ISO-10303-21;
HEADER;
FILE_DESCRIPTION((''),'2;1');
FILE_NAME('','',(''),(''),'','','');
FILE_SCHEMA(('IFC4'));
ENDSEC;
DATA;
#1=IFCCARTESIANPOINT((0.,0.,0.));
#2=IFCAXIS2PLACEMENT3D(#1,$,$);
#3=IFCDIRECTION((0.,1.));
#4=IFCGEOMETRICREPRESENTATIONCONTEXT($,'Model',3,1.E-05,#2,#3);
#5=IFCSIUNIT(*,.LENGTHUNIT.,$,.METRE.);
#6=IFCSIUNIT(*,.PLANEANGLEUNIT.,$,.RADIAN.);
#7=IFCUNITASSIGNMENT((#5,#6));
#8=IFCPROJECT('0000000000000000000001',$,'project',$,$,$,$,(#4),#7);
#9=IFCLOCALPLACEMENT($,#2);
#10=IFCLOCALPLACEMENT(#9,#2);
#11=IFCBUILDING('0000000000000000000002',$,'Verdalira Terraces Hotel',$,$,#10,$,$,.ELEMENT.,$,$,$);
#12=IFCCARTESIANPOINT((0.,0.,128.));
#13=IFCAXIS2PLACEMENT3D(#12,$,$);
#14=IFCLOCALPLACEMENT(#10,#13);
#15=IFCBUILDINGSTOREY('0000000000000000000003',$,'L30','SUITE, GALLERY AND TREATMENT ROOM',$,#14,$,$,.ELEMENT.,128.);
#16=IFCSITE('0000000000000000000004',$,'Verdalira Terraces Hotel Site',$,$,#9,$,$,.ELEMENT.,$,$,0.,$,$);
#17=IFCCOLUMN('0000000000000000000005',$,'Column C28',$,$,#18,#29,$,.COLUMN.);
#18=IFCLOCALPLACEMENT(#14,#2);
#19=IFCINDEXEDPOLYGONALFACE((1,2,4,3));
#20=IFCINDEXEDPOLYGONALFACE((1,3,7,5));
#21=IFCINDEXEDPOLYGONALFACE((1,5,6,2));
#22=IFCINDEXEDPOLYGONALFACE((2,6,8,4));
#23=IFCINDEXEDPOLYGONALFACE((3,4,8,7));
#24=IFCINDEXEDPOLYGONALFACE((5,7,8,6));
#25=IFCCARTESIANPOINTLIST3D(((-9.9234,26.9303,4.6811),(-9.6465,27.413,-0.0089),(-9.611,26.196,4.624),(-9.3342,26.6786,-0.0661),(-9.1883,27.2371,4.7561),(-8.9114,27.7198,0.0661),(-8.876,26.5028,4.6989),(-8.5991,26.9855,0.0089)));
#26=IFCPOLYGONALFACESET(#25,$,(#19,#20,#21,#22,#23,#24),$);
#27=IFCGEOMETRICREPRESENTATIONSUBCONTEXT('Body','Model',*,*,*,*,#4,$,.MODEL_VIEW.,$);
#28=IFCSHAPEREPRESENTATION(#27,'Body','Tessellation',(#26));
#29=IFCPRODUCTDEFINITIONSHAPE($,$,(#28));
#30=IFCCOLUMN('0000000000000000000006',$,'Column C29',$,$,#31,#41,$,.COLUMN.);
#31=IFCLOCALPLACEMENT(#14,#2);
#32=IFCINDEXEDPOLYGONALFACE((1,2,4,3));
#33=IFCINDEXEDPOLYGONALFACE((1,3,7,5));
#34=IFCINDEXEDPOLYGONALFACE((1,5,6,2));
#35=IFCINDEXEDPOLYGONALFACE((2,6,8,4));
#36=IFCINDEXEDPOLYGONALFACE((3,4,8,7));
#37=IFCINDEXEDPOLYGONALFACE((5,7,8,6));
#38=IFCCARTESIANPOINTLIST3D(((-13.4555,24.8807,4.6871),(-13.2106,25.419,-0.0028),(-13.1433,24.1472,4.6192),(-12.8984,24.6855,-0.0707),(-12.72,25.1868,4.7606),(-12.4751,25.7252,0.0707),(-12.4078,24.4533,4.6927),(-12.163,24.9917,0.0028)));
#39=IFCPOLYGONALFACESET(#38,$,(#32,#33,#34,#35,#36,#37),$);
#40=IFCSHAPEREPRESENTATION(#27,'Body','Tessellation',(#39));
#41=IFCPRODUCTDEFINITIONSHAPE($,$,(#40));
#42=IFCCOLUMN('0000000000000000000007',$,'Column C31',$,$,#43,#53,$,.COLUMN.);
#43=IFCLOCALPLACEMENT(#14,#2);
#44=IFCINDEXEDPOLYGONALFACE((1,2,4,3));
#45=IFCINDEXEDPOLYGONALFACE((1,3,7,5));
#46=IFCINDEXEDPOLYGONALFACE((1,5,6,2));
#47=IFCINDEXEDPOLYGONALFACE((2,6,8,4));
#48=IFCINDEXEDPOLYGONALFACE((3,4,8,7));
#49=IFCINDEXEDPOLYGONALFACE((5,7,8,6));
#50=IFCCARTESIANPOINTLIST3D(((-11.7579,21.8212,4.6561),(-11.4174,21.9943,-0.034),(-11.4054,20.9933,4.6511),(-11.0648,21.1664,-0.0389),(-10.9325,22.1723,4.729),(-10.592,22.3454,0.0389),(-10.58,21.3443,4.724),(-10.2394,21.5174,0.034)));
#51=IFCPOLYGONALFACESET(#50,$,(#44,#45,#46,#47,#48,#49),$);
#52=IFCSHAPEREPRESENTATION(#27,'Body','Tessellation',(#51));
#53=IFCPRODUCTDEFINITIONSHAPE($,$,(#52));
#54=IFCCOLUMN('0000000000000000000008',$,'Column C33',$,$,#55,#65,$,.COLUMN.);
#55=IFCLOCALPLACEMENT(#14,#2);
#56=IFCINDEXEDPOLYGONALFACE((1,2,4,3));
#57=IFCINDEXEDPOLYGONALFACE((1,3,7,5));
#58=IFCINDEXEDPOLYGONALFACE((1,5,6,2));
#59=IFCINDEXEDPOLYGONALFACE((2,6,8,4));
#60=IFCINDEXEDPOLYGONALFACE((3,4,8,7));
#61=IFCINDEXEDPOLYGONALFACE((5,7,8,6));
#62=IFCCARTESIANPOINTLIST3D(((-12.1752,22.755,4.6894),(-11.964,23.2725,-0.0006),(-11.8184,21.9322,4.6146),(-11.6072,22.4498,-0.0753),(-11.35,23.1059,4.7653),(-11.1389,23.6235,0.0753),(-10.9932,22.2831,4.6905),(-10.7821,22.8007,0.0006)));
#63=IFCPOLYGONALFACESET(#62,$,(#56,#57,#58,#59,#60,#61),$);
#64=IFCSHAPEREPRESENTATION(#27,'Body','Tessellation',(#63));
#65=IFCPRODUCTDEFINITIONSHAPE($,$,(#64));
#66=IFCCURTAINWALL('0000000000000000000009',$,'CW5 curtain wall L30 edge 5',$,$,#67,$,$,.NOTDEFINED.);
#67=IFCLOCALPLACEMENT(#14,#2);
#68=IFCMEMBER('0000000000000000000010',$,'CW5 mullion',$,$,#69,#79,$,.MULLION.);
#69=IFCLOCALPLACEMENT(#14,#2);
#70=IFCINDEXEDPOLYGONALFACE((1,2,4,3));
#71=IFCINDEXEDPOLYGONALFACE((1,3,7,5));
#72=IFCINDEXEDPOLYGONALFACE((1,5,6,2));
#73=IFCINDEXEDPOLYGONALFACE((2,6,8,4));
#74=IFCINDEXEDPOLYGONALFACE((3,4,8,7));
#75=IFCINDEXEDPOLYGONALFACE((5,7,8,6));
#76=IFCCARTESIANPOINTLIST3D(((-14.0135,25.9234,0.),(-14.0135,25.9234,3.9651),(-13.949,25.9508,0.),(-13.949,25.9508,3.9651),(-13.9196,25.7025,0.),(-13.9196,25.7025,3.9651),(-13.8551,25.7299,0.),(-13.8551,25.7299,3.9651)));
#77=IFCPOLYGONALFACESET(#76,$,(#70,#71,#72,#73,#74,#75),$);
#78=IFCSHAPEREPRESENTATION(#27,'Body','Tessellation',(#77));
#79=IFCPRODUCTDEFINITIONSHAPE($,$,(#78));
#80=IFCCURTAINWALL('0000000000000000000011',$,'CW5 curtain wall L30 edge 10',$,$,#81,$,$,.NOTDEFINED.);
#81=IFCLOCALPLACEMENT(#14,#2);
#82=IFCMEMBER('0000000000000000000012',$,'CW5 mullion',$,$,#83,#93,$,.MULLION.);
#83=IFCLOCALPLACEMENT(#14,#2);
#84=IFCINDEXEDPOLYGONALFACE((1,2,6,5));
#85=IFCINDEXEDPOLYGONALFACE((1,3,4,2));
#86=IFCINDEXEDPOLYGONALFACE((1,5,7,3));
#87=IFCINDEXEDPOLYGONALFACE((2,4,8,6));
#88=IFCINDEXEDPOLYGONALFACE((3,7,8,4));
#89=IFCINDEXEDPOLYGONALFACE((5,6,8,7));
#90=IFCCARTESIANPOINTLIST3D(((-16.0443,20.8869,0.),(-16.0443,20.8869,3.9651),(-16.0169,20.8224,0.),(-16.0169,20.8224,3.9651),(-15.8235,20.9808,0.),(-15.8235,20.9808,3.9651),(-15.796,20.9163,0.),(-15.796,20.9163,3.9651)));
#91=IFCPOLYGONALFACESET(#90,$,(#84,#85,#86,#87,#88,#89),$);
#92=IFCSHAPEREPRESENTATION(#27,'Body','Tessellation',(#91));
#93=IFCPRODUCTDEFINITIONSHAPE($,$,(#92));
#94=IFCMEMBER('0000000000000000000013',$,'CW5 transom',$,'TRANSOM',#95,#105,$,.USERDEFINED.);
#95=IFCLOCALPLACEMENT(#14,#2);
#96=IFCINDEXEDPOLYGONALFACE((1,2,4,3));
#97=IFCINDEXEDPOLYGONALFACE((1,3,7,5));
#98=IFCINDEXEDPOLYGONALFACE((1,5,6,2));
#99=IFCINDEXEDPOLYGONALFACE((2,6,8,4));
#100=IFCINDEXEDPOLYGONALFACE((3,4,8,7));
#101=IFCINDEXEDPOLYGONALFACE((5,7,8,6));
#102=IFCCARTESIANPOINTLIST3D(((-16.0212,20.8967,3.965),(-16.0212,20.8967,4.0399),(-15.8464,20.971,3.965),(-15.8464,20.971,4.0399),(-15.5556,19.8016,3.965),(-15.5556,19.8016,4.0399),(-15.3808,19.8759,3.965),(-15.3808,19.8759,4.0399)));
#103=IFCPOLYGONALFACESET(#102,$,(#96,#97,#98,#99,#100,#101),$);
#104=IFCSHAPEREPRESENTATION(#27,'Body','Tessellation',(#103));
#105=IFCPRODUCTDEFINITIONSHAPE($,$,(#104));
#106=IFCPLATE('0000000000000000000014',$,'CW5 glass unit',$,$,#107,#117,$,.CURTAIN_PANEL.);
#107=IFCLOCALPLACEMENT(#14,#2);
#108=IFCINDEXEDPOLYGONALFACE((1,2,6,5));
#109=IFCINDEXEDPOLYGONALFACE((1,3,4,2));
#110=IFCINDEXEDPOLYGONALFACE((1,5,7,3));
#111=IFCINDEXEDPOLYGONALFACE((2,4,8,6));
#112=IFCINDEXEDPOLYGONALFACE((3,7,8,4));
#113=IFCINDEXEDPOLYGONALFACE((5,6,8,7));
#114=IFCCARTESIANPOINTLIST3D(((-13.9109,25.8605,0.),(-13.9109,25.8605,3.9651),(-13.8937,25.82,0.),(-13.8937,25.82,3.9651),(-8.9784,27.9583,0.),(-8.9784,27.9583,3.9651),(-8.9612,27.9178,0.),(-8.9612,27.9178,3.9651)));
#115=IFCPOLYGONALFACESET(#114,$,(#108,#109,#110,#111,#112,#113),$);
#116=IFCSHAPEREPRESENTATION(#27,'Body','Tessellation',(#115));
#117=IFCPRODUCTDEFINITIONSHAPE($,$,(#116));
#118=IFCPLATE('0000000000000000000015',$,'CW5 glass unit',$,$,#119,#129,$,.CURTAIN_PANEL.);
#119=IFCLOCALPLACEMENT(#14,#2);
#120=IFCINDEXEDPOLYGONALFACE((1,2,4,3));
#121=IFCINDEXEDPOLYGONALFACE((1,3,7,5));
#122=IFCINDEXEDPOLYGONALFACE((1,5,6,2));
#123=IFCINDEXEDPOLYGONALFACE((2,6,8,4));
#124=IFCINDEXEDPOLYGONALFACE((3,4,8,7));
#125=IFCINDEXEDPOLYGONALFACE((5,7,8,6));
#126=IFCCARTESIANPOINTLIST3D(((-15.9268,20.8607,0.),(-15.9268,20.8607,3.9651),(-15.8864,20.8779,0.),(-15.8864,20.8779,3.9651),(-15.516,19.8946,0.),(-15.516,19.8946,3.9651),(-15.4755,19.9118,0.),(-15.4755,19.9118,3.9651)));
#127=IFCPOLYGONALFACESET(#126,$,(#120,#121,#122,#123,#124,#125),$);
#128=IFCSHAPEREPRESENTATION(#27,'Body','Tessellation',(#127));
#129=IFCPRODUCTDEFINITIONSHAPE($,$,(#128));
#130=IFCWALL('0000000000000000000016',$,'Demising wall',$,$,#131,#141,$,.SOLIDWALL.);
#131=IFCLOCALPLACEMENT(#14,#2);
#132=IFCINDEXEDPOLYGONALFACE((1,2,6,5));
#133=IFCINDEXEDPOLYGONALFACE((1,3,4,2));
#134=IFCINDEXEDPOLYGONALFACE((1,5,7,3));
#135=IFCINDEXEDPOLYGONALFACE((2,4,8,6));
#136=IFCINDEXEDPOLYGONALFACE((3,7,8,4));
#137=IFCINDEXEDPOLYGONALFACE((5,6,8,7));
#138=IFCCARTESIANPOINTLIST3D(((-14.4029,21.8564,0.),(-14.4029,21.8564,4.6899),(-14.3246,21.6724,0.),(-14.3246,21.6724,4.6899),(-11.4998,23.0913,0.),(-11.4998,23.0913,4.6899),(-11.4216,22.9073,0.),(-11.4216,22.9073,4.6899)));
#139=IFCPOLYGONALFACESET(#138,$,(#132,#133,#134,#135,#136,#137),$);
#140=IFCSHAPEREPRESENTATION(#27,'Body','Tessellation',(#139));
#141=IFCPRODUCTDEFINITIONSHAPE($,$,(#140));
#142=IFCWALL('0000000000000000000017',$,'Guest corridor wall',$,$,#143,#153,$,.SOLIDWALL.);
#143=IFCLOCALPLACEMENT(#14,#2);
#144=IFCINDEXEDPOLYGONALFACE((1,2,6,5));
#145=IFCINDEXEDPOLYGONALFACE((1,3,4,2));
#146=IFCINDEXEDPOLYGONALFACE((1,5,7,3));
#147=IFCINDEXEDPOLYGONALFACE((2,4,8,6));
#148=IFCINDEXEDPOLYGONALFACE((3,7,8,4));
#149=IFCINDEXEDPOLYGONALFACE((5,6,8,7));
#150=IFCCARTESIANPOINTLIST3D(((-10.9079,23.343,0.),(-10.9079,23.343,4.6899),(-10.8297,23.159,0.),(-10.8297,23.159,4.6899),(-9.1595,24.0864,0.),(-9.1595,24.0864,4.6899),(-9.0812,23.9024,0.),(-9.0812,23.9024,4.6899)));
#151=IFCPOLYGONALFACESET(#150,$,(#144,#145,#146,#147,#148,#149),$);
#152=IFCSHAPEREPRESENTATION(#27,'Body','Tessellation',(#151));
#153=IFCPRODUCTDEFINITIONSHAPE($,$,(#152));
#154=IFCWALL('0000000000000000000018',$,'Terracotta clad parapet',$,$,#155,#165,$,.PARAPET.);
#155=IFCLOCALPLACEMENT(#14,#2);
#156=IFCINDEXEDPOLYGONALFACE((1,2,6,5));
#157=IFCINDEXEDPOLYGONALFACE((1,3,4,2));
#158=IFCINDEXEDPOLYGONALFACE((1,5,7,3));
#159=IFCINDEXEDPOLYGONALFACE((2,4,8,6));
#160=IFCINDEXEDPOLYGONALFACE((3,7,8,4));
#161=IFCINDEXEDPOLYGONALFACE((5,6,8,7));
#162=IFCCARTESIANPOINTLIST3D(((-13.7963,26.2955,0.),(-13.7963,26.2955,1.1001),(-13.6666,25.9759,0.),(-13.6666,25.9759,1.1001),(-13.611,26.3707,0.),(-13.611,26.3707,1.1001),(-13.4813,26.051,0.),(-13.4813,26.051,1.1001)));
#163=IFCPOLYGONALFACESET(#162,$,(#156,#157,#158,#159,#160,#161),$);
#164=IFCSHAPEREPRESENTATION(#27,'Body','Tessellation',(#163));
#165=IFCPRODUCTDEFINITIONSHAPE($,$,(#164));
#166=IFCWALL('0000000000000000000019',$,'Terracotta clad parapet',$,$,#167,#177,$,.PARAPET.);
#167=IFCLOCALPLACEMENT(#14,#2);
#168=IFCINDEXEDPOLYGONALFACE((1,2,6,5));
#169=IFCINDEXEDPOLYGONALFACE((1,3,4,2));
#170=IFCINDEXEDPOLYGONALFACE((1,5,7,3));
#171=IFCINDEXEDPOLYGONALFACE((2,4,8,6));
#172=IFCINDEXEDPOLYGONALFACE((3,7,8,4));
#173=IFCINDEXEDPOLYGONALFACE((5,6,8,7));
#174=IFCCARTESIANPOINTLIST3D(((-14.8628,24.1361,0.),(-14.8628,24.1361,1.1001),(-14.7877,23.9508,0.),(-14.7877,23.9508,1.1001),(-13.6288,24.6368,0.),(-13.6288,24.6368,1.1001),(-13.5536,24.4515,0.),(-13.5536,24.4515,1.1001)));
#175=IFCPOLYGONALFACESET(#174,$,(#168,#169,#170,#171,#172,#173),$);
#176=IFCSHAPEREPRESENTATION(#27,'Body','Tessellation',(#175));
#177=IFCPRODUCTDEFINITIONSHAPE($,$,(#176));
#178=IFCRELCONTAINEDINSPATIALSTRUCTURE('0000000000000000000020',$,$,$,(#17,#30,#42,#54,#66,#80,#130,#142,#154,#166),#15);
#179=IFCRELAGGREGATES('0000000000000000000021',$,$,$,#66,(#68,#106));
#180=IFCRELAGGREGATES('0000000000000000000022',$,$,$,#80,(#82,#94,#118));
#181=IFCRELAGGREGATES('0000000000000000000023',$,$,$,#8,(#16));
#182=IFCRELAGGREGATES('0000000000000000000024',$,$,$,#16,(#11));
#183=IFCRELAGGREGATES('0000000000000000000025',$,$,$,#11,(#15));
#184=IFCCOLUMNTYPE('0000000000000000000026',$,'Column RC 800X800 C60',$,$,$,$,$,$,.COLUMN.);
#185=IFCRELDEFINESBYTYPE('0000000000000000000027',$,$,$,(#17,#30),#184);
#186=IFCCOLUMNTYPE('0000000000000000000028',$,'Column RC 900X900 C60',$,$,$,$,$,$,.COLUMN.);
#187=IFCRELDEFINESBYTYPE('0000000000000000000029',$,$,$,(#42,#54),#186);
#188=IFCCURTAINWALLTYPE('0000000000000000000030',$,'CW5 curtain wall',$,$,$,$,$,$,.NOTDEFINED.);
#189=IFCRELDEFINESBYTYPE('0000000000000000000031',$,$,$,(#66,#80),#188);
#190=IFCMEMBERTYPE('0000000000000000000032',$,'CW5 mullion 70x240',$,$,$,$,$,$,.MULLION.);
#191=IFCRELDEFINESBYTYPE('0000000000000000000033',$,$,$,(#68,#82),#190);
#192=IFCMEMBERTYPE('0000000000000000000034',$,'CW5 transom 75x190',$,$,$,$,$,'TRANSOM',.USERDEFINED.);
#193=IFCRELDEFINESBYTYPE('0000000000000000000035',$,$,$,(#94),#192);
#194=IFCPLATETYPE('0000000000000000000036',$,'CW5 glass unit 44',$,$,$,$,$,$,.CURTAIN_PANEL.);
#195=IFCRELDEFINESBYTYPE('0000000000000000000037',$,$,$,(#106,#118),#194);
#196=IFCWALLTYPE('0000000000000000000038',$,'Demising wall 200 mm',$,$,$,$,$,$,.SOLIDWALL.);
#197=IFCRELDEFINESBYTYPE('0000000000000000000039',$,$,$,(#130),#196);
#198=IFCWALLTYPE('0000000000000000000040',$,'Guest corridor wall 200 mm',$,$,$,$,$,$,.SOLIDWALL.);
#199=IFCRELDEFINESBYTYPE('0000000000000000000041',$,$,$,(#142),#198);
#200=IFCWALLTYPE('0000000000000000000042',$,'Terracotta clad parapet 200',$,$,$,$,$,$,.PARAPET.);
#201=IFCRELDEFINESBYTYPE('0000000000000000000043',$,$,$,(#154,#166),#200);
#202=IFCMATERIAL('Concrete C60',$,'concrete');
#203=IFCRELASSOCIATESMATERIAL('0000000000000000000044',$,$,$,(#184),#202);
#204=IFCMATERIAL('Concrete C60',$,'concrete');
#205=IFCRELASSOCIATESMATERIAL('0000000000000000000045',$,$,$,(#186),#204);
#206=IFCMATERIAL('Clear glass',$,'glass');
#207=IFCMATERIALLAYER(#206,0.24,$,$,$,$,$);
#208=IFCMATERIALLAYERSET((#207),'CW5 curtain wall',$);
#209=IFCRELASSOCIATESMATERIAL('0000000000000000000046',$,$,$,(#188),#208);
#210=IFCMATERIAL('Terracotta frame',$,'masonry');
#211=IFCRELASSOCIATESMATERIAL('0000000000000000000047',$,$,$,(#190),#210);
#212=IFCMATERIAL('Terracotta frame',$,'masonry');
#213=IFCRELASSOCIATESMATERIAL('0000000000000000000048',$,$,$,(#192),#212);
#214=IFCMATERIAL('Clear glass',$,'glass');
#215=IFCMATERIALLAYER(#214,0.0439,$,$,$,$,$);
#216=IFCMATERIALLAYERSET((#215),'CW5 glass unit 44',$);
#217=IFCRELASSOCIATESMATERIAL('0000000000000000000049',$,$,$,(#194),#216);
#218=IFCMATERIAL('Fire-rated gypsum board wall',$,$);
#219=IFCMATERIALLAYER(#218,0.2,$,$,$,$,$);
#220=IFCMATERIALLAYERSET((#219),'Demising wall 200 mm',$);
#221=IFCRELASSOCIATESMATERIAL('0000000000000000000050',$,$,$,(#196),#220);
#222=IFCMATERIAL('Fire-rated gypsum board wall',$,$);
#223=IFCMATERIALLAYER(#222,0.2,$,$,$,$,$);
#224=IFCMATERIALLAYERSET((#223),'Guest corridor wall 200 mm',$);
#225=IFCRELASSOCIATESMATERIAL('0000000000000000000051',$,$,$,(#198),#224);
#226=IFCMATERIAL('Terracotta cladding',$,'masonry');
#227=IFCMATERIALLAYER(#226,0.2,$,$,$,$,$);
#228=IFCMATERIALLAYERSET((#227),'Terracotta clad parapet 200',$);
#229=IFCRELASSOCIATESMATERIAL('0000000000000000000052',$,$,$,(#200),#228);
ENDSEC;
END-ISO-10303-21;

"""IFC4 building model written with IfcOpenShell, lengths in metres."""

from ifc_helpers import new_model, si_unit, direction, frame, frame_2d, origin, origin_2d, place, context, subcontext, project, spatial, rectangle, extrude, material, layer, layer_set, material_profile, profile_set, type_object, element, aggregate, save


model = new_model("IFC4")

# Units and contexts
model_context = context("Model", 3, precision=1e-05, world=origin(), true_north=direction((0.0, 1.0)))
body_context = subcontext(model_context, "Body", "Model", "MODEL_VIEW")
ifc_project = project(units=[si_unit("LENGTHUNIT", "METRE"), si_unit("PLANEANGLEUNIT", "RADIAN")], contexts=[model_context])

# Site, building, storey
site_placement = place(None, origin())
site = spatial("IfcSite", under=ifc_project, at=site_placement, Name="Verdalira Terraces Hotel Site", CompositionType="ELEMENT", RefElevation=0.0)
building_placement = place(site_placement, origin())
building = spatial("IfcBuilding", under=site, at=building_placement, Name="Verdalira Terraces Hotel", CompositionType="ELEMENT")
storey_placement = place(building_placement, frame((0.0, 0.0, 128.0)))
storey = spatial("IfcBuildingStorey", under=building, at=storey_placement, Name="L30", Description="SUITE, GALLERY AND TREATMENT ROOM", CompositionType="ELEMENT", Elevation=128.0)

# Columns
ifc_material_1 = material(Name="Concrete C60", Category="concrete")
ifc_material_profile_1 = material_profile(ifc_material_1, rectangle(XDim=0.8, YDim=0.8, at=origin_2d()), Name="RC 800X800")
ifc_profile_set_1 = profile_set([ifc_material_profile_1], Name="Concrete C60")
column_type_1 = type_object("IfcColumnType", Name="Column RC 800X800 C60", PredefinedType="COLUMN", material=ifc_profile_set_1)
column_1_placement = place(storey_placement, frame((-9.1228, 27.1992, 0.0), z_axis=(-0.058621, -0.102198, 0.993035), x_axis=(-0.918776, -0.383497, -0.093705)))
element("IfcColumn", 1, at=column_1_placement, inside=storey, type_object=column_type_1, Name="Column C28", PredefinedType="COLUMN", context=body_context, shape_type="SweptSolid", body=[
    extrude(rectangle(XDim=0.8, YDim=0.8, at=origin_2d()), origin(), (0.0, 0.0, 1.0), 4.7229),
])
column_2_placement = place(storey_placement, frame((-12.6868, 25.2053, 0.0), z_axis=(-0.051802, -0.113882, 0.992143), x_axis=(-0.919284, -0.382709, -0.091927)))
element("IfcColumn", 2, at=column_2_placement, inside=storey, type_object=column_type_1, Name="Column C29", PredefinedType="COLUMN", context=body_context, shape_type="SweptSolid", body=[
    extrude(rectangle(XDim=0.8, YDim=0.8, at=origin_2d()), origin(), (0.0, 0.0, 1.0), 4.7271),
])
ifc_material_2 = material(Name="Concrete C60", Category="concrete")
ifc_material_profile_2 = material_profile(ifc_material_2, rectangle(XDim=0.8999, YDim=0.8999, at=origin_2d()), Name="RC 900X900")
ifc_profile_set_2 = profile_set([ifc_material_profile_2], Name="Concrete C60")
column_type_2 = type_object("IfcColumnType", Name="Column RC 900X900 C60", PredefinedType="COLUMN", material=ifc_profile_set_2)
column_3_placement = place(storey_placement, frame((-10.8284, 21.7559, 0.0), z_axis=(-0.072379, -0.036786, 0.996699), x_axis=(-0.391794, 0.920036, 0.005505)))
element("IfcColumn", 3, at=column_3_placement, inside=storey, type_object=column_type_2, Name="Column C31", PredefinedType="COLUMN", context=body_context, shape_type="SweptSolid", body=[
    extrude(rectangle(XDim=0.8999, YDim=0.8999, at=origin_2d()), origin(), (0.0, 0.0, 1.0), 4.7056),
])
column_4_placement = place(storey_placement, frame((-11.373, 23.0366, 0.0), z_axis=(-0.044712, -0.109584, 0.992971), x_axis=(-0.396476, 0.914281, 0.083047)))
element("IfcColumn", 4, at=column_4_placement, inside=storey, type_object=column_type_2, Name="Column C33", PredefinedType="COLUMN", context=body_context, shape_type="SweptSolid", body=[
    extrude(rectangle(XDim=0.8999, YDim=0.8999, at=origin_2d()), origin(), (0.0, 0.0, 1.0), 4.7231),
])

# Curtain wall, member
ifc_material_3 = material(Name="Clear glass", Category="glass")
ifc_layer_1 = layer(ifc_material_3, 0.24)
ifc_layer_set_1 = layer_set([ifc_layer_1], Name="CW5 curtain wall")
curtain_wall_type = type_object("IfcCurtainWallType", Name="CW5 curtain wall", PredefinedType="NOTDEFINED", material=ifc_layer_set_1)
curtain_wall_1_placement = place(storey_placement, origin())
curtain_wall_1 = element("IfcCurtainWall", 5, at=curtain_wall_1_placement, inside=storey, type_object=curtain_wall_type, Name="CW5 curtain wall L30 edge 5", PredefinedType="NOTDEFINED")
ifc_material_4 = material(Name="Terracotta frame", Category="masonry")
ifc_material_profile_3 = material_profile(ifc_material_4, rectangle(XDim=0.0701, YDim=0.24, at=origin_2d()), Name="MU 70x240")
ifc_profile_set_3 = profile_set([ifc_material_profile_3], Name="Terracotta frame")
member_type_1 = type_object("IfcMemberType", Name="CW5 mullion 70x240", PredefinedType="MULLION", material=ifc_profile_set_3)
member_1_placement = place(storey_placement, frame((-13.9343, 25.8267, 0.0), z_axis=(0.0, 0.0, 1.0), x_axis=(-0.920232, -0.391374, 0.0)))
member_1 = element("IfcMember", 6, at=member_1_placement, type_object=member_type_1, Name="CW5 mullion", PredefinedType="MULLION", context=body_context, shape_type="SweptSolid", body=[
    extrude(rectangle(XDim=0.0701, YDim=0.24, at=origin_2d()), origin(), (0.0, 0.0, 1.0), 3.9651),
])

# Curtain wall, members
curtain_wall_2_placement = place(storey_placement, origin())
curtain_wall_2 = element("IfcCurtainWall", 7, at=curtain_wall_2_placement, inside=storey, type_object=curtain_wall_type, Name="CW5 curtain wall L30 edge 10", PredefinedType="NOTDEFINED")
member_2_placement = place(storey_placement, frame((-15.9202, 20.9016, 0.0), z_axis=(0.0, 0.0, 1.0), x_axis=(0.391374, -0.920232, 0.0)))
member_2 = element("IfcMember", 8, at=member_2_placement, type_object=member_type_1, Name="CW5 mullion", PredefinedType="MULLION", context=body_context, shape_type="SweptSolid", body=[
    extrude(rectangle(XDim=0.0701, YDim=0.24, at=origin_2d()), origin(), (0.0, 0.0, 1.0), 3.9651),
])
ifc_material_5 = material(Name="Terracotta frame", Category="masonry")
ifc_material_profile_4 = material_profile(ifc_material_5, rectangle(XDim=0.1899, YDim=0.075, at=origin_2d()), Name="TR 75x190")
ifc_profile_set_4 = profile_set([ifc_material_profile_4], Name="Terracotta frame")
member_type_2 = type_object("IfcMemberType", Name="CW5 transom 75x190", ElementType="TRANSOM", PredefinedType="USERDEFINED", material=ifc_profile_set_4)
member_3_placement = place(storey_placement, frame((-15.9338, 20.9338, 4.0024), z_axis=(0.391293, -0.920266, 0.0), x_axis=(0.920266, 0.391293, 0.0)))
member_3 = element("IfcMember", 9, at=member_3_placement, type_object=member_type_2, Name="CW5 transom", ObjectType="TRANSOM", PredefinedType="USERDEFINED", context=body_context, shape_type="SweptSolid", body=[
    extrude(rectangle(XDim=0.1899, YDim=0.075, at=origin_2d()), origin(), (0.0, 0.0, 1.0), 1.1899),
])

# Plates
ifc_material_6 = material(Name="Clear glass", Category="glass")
ifc_layer_2 = layer(ifc_material_6, 0.0439)
ifc_layer_set_2 = layer_set([ifc_layer_2], Name="CW5 glass unit 44")
plate_type = type_object("IfcPlateType", Name="CW5 glass unit 44", PredefinedType="CURTAIN_PANEL", material=ifc_layer_set_2)
plate_1_placement = place(storey_placement, frame((-11.436, 26.8892, 0.0), z_axis=(0.0, 0.0, 1.0), x_axis=(-0.920232, -0.391374, 0.0)))
plate_1 = element("IfcPlate", 10, at=plate_1_placement, type_object=plate_type, Name="CW5 glass unit", PredefinedType="CURTAIN_PANEL", context=body_context, shape_type="SweptSolid", body=[
    extrude(rectangle(XDim=5.3601, YDim=0.0439, at=origin_2d()), origin(), (0.0, 0.0, 1.0), 3.9651),
])
aggregate(curtain_wall_1, [member_1, plate_1])
plate_2_placement = place(storey_placement, frame((-15.7012, 20.3862, 0.0), z_axis=(0.0, 0.0, 1.0), x_axis=(0.391374, -0.920232, 0.0)))
plate_2 = element("IfcPlate", 11, at=plate_2_placement, type_object=plate_type, Name="CW5 glass unit", PredefinedType="CURTAIN_PANEL", context=body_context, shape_type="SweptSolid", body=[
    extrude(rectangle(XDim=1.0498, YDim=0.0439, at=origin_2d()), origin(), (0.0, 0.0, 1.0), 3.9651),
])
aggregate(curtain_wall_2, [member_2, member_3, plate_2])

# Walls
ifc_material_7 = material(Name="Fire-rated gypsum board wall")
ifc_layer_3 = layer(ifc_material_7, 0.2)
ifc_layer_set_3 = layer_set([ifc_layer_3], Name="Demising wall 200 mm")
wall_type_1 = type_object("IfcWallType", Name="Demising wall 200 mm", PredefinedType="SOLIDWALL", material=ifc_layer_set_3)
wall_1_placement = place(storey_placement, frame((-11.4607, 22.9993, 0.0), z_axis=(0.0, 0.0, 1.0), x_axis=(-0.92021, -0.391424, 0.0)))
element("IfcWall", 12, at=wall_1_placement, inside=storey, type_object=wall_type_1, Name="Demising wall", PredefinedType="SOLIDWALL", context=body_context, shape_type="SweptSolid", body=[
    extrude(rectangle(XDim=3.1548, YDim=0.2, at=frame_2d((1.5774, 0.0))), origin(), (0.0, 0.0, 1.0), 4.6899),
])
ifc_material_8 = material(Name="Fire-rated gypsum board wall")
ifc_layer_4 = layer(ifc_material_8, 0.2)
ifc_layer_set_4 = layer_set([ifc_layer_4], Name="Guest corridor wall 200 mm")
wall_type_2 = type_object("IfcWallType", Name="Guest corridor wall 200 mm", PredefinedType="SOLIDWALL", material=ifc_layer_set_4)
wall_2_placement = place(storey_placement, frame((-9.1204, 23.9944, 0.0), z_axis=(0.0, 0.0, 1.0), x_axis=(-0.920278, -0.391266, 0.0)))
element("IfcWall", 13, at=wall_2_placement, inside=storey, type_object=wall_type_2, Name="Guest corridor wall", PredefinedType="SOLIDWALL", context=body_context, shape_type="SweptSolid", body=[
    extrude(rectangle(XDim=1.8999, YDim=0.2, at=frame_2d((0.95, 0.0))), origin(), (0.0, 0.0, 1.0), 4.6899),
])
ifc_material_9 = material(Name="Terracotta cladding", Category="masonry")
ifc_layer_5 = layer(ifc_material_9, 0.2)
ifc_layer_set_5 = layer_set([ifc_layer_5], Name="Terracotta clad parapet 200")
wall_type_3 = type_object("IfcWallType", Name="Terracotta clad parapet 200", PredefinedType="PARAPET", material=ifc_layer_set_5)
wall_3_placement = place(storey_placement, frame((-13.7036, 26.333, 0.0), z_axis=(0.0, 0.0, 1.0), x_axis=(0.375902, -0.926659, 0.0)))
element("IfcWall", 14, at=wall_3_placement, inside=storey, type_object=wall_type_3, Name="Terracotta clad parapet", PredefinedType="PARAPET", context=body_context, shape_type="SweptSolid", body=[
    extrude(rectangle(XDim=0.345, YDim=0.2, at=frame_2d((0.1724, 0.0))), origin(), (0.0, 0.0, 1.0), 1.1001),
])
wall_4_placement = place(storey_placement, frame((-13.5911, 24.5442, 0.0), z_axis=(0.0, 0.0, 1.0), x_axis=(-0.926632, -0.375969, 0.0)))
element("IfcWall", 15, at=wall_4_placement, inside=storey, type_object=wall_type_3, Name="Terracotta clad parapet", PredefinedType="PARAPET", context=body_context, shape_type="SweptSolid", body=[
    extrude(rectangle(XDim=1.3318, YDim=0.2, at=frame_2d((0.666, 0.0))), origin(), (0.0, 0.0, 1.0), 1.1001),
])

save(model, "model.ifc")
